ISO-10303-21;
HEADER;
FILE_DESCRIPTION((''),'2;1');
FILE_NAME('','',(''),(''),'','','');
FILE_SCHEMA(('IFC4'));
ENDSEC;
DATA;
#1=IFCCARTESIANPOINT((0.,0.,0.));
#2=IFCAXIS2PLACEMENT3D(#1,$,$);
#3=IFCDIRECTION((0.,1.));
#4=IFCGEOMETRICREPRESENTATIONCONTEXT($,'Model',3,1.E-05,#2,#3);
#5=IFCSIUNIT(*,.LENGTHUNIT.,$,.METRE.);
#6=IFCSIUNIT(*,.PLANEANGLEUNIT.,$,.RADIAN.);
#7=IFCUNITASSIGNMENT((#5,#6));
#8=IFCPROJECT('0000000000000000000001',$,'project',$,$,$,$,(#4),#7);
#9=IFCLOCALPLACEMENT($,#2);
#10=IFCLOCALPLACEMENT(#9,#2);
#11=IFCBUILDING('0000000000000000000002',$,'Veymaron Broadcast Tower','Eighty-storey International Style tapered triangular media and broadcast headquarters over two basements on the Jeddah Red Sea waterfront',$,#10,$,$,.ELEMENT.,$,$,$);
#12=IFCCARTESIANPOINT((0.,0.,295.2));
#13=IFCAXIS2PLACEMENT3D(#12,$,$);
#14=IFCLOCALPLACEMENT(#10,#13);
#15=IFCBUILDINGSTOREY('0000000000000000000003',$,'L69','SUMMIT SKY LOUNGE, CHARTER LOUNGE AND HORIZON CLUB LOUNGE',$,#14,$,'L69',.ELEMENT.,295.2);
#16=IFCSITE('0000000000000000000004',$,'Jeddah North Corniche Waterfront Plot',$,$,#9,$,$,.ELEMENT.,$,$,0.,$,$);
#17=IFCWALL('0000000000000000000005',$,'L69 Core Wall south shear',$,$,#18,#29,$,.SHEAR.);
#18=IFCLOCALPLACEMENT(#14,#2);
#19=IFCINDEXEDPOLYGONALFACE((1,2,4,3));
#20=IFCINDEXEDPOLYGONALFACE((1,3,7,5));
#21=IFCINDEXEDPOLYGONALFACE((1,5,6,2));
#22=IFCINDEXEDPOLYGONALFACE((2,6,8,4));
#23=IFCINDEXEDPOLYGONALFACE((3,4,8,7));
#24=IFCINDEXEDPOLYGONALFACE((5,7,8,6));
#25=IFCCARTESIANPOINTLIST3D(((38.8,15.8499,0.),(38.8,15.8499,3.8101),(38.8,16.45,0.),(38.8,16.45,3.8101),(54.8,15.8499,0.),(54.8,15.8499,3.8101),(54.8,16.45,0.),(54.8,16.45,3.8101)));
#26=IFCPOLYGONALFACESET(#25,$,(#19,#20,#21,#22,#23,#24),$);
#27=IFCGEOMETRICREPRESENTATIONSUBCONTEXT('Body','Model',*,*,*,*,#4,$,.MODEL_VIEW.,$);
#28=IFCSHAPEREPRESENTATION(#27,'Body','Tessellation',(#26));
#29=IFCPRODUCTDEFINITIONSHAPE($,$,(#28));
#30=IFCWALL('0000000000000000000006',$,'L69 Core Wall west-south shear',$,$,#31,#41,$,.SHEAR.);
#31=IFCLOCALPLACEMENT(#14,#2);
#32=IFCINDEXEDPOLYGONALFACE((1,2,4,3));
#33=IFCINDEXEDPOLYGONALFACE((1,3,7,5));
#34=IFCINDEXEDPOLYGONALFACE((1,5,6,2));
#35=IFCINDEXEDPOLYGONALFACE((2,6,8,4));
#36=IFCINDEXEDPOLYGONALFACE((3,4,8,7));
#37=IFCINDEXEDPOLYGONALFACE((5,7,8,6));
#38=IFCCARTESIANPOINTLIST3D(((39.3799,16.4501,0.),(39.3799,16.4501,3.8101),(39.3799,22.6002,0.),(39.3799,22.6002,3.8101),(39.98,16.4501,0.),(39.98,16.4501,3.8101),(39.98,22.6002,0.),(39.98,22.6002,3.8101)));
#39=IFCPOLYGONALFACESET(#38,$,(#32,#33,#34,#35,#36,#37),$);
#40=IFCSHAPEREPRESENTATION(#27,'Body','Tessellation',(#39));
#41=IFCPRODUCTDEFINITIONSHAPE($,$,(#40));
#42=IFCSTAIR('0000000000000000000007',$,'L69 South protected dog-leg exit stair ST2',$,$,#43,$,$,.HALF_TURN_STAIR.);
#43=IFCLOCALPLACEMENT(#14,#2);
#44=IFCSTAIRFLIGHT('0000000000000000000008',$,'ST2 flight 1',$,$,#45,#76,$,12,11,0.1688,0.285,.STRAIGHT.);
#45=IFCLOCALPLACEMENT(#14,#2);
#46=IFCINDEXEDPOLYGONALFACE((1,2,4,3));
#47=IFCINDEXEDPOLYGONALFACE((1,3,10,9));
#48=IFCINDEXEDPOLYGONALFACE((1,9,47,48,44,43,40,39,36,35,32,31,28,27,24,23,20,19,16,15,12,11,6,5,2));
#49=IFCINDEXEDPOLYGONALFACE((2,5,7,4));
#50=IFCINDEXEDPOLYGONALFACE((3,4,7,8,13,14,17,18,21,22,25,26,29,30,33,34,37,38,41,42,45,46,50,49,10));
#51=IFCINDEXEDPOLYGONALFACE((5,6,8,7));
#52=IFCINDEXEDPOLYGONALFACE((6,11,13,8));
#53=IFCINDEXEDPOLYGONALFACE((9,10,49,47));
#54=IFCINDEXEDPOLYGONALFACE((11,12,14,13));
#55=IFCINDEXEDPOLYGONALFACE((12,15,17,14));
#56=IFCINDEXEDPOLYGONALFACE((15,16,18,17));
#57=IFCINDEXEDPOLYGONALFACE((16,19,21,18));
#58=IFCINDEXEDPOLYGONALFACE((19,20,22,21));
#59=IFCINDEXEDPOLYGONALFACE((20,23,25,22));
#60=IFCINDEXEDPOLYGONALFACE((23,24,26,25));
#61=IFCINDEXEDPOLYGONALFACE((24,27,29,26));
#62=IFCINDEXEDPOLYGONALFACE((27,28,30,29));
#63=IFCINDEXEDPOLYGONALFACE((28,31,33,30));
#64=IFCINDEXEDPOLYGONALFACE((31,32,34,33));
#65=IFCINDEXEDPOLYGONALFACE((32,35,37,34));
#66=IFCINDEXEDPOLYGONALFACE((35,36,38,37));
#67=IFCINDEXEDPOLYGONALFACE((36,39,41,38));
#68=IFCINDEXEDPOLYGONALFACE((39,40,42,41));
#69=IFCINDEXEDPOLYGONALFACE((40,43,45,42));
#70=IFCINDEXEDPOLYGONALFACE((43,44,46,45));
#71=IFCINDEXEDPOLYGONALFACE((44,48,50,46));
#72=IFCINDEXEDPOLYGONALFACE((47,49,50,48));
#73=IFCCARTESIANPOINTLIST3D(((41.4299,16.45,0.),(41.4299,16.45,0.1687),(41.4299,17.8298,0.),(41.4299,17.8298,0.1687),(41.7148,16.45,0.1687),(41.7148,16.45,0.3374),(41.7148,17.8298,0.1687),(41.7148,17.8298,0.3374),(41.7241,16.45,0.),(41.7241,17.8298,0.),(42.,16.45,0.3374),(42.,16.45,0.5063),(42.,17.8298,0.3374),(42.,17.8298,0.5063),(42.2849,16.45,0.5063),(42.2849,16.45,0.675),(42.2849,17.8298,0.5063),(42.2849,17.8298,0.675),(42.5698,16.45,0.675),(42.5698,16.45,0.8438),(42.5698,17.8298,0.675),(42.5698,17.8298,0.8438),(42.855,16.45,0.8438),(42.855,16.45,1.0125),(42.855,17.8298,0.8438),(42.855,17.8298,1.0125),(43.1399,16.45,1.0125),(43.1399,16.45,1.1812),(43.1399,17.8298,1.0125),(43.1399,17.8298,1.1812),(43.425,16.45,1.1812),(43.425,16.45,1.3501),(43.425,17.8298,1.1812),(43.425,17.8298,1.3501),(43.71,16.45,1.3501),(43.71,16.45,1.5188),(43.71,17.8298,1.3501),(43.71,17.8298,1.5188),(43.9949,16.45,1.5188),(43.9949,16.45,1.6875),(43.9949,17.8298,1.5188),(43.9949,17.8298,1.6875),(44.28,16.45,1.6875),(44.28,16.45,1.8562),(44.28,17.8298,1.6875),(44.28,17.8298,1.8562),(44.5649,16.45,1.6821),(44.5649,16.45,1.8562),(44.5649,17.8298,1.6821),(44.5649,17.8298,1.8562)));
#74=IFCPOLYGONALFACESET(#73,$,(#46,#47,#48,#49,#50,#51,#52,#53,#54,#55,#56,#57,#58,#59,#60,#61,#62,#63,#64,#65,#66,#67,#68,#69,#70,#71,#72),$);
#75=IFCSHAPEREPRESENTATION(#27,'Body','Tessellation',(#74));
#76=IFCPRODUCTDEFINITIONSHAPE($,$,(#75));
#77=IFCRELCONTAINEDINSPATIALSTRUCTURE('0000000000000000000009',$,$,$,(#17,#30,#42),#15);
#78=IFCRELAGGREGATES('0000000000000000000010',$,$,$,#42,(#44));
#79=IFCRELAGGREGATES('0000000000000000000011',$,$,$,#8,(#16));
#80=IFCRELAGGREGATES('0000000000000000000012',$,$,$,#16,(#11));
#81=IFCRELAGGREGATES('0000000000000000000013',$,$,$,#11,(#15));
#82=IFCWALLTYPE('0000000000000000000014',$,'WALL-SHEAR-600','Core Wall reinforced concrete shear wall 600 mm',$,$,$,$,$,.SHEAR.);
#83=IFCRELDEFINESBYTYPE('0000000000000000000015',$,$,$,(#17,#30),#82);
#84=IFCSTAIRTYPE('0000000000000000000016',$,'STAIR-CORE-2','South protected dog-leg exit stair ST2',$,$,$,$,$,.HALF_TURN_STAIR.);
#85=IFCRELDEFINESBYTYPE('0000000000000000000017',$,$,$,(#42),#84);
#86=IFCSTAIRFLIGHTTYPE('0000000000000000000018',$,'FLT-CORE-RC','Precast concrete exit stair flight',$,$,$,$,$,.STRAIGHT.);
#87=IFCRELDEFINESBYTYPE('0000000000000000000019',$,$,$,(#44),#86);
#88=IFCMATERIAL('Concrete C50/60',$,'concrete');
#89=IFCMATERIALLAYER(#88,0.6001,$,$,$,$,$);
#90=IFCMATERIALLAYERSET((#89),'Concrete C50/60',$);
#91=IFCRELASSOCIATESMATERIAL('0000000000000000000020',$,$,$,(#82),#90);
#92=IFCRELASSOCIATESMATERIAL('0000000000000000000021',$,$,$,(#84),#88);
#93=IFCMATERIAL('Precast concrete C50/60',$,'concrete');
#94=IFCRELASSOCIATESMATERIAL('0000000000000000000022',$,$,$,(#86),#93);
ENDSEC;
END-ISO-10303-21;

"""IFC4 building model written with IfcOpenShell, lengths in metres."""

from ifc_helpers import new_model, si_unit, direction, frame, frame_2d, origin, place, context, subcontext, project, spatial, polyline, rectangle, outline, extrude, material, layer, layer_set, type_object, element, aggregate, save


model = new_model("IFC4")

# Units and contexts
model_context = context("Model", 3, precision=1e-05, world=origin(), true_north=direction((0.0, 1.0)))
body_context = subcontext(model_context, "Body", "Model", "MODEL_VIEW")
ifc_project = project(units=[si_unit("LENGTHUNIT", "METRE"), si_unit("PLANEANGLEUNIT", "RADIAN")], contexts=[model_context])

# Site, building, storey
site_placement = place(None, origin())
site = spatial("IfcSite", under=ifc_project, at=site_placement, Name="Jeddah North Corniche Waterfront Plot", CompositionType="ELEMENT", RefElevation=0.0)
building_placement = place(site_placement, origin())
building = spatial("IfcBuilding", under=site, at=building_placement, Name="Veymaron Broadcast Tower", Description="Eighty-storey International Style tapered triangular media and broadcast headquarters over two basements on the Jeddah Red Sea waterfront", CompositionType="ELEMENT")
storey_placement = place(building_placement, frame((0.0, 0.0, 295.2)))
storey = spatial("IfcBuildingStorey", under=building, at=storey_placement, Name="L69", Description="SUMMIT SKY LOUNGE, CHARTER LOUNGE AND HORIZON CLUB LOUNGE", LongName="L69", CompositionType="ELEMENT", Elevation=295.2)

# Shared definitions
ifc_material_1 = material(Name="Concrete C50/60", Category="concrete")

# Walls
ifc_layer_1 = layer(ifc_material_1, 0.6001)
ifc_layer_set_1 = layer_set([ifc_layer_1], Name="Concrete C50/60")
wall_type_1 = type_object("IfcWallType", Name="WALL-SHEAR-600", Description="Core Wall reinforced concrete shear wall 600 mm", PredefinedType="SHEAR", material=ifc_layer_set_1)
wall_1_placement = place(storey_placement, frame((38.8, 16.1499, 0.0), z_axis=(0.0, 0.0, 1.0), x_axis=(1.0, 0.0, 0.0)))
element("IfcWall", 1, at=wall_1_placement, inside=storey, type_object=wall_type_1, Name="L69 Core Wall south shear", PredefinedType="SHEAR", context=body_context, shape_type="SweptSolid", body=[
    extrude(rectangle(XDim=16.0, YDim=0.6001, at=frame_2d((8.0, 0.0))), origin(), (0.0, 0.0, 1.0), 3.8101),
])
wall_2_placement = place(storey_placement, frame((39.6799, 16.45, 0.0), z_axis=(0.0, 0.0, 1.0), x_axis=(0.0, 1.0, 0.0)))
element("IfcWall", 2, at=wall_2_placement, inside=storey, type_object=wall_type_1, Name="L69 Core Wall west-south shear", PredefinedType="SHEAR", context=body_context, shape_type="SweptSolid", body=[
    extrude(rectangle(XDim=6.1501, YDim=0.6001, at=frame_2d((3.0752, 0.0))), origin(), (0.0, 0.0, 1.0), 3.8101),
])

# Stair, stair flight
stair_type = type_object("IfcStairType", Name="STAIR-CORE-2", Description="South protected dog-leg exit stair ST2", PredefinedType="HALF_TURN_STAIR", material=ifc_material_1)
stair_placement = place(storey_placement, origin())
stair = element("IfcStair", 3, at=stair_placement, inside=storey, type_object=stair_type, Name="L69 South protected dog-leg exit stair ST2", PredefinedType="HALF_TURN_STAIR")
ifc_material_2 = material(Name="Precast concrete C50/60", Category="concrete")
stair_flight_type = type_object("IfcStairFlightType", Name="FLT-CORE-RC", Description="Precast concrete exit stair flight", PredefinedType="STRAIGHT", material=ifc_material_2)
stair_flight_placement = place(storey_placement, frame((41.4299, 17.1399, 0.0), z_axis=(0.0, 0.0, 1.0), x_axis=(1.0, 0.0, 0.0)))
stair_flight = element("IfcStairFlight", 4, at=stair_flight_placement, type_object=stair_flight_type, Name="ST2 flight 1", NumberOfRisers=12, NumberOfTreads=11, PredefinedType="STRAIGHT", RiserHeight=0.1688, TreadLength=0.285, context=body_context, shape_type="SweptSolid", body=[
    extrude(outline(polyline([(0.0, 0.0), (0.0, 0.1687), (0.2849, 0.1687), (0.2849, 0.3374), (0.5701, 0.3374), (0.5701, 0.5063), (0.855, 0.5063), (0.855, 0.675), (1.1399, 0.675), (1.1399, 0.8438), (1.425, 0.8438), (1.425, 1.0125), (1.71, 1.0125), (1.71, 1.1812), (1.9951, 1.1812), (1.9951, 1.3501), (2.28, 1.3501), (2.28, 1.5188), (2.5649, 1.5188), (2.5649, 1.6875), (2.8501, 1.6875), (2.8501, 1.8562), (3.135, 1.8562), (3.135, 2.0249), (3.135, 1.6821), (0.2942, 0.0), (0.0, 0.0)])), frame((0.0, 0.6899, 0.0), z_axis=(0.0, -1.0, 0.0), x_axis=(1.0, 0.0, 0.0)), (0.0, 0.0, 1.0), 1.3799),
])
aggregate(stair, [stair_flight])

save(model, "model.ifc")
